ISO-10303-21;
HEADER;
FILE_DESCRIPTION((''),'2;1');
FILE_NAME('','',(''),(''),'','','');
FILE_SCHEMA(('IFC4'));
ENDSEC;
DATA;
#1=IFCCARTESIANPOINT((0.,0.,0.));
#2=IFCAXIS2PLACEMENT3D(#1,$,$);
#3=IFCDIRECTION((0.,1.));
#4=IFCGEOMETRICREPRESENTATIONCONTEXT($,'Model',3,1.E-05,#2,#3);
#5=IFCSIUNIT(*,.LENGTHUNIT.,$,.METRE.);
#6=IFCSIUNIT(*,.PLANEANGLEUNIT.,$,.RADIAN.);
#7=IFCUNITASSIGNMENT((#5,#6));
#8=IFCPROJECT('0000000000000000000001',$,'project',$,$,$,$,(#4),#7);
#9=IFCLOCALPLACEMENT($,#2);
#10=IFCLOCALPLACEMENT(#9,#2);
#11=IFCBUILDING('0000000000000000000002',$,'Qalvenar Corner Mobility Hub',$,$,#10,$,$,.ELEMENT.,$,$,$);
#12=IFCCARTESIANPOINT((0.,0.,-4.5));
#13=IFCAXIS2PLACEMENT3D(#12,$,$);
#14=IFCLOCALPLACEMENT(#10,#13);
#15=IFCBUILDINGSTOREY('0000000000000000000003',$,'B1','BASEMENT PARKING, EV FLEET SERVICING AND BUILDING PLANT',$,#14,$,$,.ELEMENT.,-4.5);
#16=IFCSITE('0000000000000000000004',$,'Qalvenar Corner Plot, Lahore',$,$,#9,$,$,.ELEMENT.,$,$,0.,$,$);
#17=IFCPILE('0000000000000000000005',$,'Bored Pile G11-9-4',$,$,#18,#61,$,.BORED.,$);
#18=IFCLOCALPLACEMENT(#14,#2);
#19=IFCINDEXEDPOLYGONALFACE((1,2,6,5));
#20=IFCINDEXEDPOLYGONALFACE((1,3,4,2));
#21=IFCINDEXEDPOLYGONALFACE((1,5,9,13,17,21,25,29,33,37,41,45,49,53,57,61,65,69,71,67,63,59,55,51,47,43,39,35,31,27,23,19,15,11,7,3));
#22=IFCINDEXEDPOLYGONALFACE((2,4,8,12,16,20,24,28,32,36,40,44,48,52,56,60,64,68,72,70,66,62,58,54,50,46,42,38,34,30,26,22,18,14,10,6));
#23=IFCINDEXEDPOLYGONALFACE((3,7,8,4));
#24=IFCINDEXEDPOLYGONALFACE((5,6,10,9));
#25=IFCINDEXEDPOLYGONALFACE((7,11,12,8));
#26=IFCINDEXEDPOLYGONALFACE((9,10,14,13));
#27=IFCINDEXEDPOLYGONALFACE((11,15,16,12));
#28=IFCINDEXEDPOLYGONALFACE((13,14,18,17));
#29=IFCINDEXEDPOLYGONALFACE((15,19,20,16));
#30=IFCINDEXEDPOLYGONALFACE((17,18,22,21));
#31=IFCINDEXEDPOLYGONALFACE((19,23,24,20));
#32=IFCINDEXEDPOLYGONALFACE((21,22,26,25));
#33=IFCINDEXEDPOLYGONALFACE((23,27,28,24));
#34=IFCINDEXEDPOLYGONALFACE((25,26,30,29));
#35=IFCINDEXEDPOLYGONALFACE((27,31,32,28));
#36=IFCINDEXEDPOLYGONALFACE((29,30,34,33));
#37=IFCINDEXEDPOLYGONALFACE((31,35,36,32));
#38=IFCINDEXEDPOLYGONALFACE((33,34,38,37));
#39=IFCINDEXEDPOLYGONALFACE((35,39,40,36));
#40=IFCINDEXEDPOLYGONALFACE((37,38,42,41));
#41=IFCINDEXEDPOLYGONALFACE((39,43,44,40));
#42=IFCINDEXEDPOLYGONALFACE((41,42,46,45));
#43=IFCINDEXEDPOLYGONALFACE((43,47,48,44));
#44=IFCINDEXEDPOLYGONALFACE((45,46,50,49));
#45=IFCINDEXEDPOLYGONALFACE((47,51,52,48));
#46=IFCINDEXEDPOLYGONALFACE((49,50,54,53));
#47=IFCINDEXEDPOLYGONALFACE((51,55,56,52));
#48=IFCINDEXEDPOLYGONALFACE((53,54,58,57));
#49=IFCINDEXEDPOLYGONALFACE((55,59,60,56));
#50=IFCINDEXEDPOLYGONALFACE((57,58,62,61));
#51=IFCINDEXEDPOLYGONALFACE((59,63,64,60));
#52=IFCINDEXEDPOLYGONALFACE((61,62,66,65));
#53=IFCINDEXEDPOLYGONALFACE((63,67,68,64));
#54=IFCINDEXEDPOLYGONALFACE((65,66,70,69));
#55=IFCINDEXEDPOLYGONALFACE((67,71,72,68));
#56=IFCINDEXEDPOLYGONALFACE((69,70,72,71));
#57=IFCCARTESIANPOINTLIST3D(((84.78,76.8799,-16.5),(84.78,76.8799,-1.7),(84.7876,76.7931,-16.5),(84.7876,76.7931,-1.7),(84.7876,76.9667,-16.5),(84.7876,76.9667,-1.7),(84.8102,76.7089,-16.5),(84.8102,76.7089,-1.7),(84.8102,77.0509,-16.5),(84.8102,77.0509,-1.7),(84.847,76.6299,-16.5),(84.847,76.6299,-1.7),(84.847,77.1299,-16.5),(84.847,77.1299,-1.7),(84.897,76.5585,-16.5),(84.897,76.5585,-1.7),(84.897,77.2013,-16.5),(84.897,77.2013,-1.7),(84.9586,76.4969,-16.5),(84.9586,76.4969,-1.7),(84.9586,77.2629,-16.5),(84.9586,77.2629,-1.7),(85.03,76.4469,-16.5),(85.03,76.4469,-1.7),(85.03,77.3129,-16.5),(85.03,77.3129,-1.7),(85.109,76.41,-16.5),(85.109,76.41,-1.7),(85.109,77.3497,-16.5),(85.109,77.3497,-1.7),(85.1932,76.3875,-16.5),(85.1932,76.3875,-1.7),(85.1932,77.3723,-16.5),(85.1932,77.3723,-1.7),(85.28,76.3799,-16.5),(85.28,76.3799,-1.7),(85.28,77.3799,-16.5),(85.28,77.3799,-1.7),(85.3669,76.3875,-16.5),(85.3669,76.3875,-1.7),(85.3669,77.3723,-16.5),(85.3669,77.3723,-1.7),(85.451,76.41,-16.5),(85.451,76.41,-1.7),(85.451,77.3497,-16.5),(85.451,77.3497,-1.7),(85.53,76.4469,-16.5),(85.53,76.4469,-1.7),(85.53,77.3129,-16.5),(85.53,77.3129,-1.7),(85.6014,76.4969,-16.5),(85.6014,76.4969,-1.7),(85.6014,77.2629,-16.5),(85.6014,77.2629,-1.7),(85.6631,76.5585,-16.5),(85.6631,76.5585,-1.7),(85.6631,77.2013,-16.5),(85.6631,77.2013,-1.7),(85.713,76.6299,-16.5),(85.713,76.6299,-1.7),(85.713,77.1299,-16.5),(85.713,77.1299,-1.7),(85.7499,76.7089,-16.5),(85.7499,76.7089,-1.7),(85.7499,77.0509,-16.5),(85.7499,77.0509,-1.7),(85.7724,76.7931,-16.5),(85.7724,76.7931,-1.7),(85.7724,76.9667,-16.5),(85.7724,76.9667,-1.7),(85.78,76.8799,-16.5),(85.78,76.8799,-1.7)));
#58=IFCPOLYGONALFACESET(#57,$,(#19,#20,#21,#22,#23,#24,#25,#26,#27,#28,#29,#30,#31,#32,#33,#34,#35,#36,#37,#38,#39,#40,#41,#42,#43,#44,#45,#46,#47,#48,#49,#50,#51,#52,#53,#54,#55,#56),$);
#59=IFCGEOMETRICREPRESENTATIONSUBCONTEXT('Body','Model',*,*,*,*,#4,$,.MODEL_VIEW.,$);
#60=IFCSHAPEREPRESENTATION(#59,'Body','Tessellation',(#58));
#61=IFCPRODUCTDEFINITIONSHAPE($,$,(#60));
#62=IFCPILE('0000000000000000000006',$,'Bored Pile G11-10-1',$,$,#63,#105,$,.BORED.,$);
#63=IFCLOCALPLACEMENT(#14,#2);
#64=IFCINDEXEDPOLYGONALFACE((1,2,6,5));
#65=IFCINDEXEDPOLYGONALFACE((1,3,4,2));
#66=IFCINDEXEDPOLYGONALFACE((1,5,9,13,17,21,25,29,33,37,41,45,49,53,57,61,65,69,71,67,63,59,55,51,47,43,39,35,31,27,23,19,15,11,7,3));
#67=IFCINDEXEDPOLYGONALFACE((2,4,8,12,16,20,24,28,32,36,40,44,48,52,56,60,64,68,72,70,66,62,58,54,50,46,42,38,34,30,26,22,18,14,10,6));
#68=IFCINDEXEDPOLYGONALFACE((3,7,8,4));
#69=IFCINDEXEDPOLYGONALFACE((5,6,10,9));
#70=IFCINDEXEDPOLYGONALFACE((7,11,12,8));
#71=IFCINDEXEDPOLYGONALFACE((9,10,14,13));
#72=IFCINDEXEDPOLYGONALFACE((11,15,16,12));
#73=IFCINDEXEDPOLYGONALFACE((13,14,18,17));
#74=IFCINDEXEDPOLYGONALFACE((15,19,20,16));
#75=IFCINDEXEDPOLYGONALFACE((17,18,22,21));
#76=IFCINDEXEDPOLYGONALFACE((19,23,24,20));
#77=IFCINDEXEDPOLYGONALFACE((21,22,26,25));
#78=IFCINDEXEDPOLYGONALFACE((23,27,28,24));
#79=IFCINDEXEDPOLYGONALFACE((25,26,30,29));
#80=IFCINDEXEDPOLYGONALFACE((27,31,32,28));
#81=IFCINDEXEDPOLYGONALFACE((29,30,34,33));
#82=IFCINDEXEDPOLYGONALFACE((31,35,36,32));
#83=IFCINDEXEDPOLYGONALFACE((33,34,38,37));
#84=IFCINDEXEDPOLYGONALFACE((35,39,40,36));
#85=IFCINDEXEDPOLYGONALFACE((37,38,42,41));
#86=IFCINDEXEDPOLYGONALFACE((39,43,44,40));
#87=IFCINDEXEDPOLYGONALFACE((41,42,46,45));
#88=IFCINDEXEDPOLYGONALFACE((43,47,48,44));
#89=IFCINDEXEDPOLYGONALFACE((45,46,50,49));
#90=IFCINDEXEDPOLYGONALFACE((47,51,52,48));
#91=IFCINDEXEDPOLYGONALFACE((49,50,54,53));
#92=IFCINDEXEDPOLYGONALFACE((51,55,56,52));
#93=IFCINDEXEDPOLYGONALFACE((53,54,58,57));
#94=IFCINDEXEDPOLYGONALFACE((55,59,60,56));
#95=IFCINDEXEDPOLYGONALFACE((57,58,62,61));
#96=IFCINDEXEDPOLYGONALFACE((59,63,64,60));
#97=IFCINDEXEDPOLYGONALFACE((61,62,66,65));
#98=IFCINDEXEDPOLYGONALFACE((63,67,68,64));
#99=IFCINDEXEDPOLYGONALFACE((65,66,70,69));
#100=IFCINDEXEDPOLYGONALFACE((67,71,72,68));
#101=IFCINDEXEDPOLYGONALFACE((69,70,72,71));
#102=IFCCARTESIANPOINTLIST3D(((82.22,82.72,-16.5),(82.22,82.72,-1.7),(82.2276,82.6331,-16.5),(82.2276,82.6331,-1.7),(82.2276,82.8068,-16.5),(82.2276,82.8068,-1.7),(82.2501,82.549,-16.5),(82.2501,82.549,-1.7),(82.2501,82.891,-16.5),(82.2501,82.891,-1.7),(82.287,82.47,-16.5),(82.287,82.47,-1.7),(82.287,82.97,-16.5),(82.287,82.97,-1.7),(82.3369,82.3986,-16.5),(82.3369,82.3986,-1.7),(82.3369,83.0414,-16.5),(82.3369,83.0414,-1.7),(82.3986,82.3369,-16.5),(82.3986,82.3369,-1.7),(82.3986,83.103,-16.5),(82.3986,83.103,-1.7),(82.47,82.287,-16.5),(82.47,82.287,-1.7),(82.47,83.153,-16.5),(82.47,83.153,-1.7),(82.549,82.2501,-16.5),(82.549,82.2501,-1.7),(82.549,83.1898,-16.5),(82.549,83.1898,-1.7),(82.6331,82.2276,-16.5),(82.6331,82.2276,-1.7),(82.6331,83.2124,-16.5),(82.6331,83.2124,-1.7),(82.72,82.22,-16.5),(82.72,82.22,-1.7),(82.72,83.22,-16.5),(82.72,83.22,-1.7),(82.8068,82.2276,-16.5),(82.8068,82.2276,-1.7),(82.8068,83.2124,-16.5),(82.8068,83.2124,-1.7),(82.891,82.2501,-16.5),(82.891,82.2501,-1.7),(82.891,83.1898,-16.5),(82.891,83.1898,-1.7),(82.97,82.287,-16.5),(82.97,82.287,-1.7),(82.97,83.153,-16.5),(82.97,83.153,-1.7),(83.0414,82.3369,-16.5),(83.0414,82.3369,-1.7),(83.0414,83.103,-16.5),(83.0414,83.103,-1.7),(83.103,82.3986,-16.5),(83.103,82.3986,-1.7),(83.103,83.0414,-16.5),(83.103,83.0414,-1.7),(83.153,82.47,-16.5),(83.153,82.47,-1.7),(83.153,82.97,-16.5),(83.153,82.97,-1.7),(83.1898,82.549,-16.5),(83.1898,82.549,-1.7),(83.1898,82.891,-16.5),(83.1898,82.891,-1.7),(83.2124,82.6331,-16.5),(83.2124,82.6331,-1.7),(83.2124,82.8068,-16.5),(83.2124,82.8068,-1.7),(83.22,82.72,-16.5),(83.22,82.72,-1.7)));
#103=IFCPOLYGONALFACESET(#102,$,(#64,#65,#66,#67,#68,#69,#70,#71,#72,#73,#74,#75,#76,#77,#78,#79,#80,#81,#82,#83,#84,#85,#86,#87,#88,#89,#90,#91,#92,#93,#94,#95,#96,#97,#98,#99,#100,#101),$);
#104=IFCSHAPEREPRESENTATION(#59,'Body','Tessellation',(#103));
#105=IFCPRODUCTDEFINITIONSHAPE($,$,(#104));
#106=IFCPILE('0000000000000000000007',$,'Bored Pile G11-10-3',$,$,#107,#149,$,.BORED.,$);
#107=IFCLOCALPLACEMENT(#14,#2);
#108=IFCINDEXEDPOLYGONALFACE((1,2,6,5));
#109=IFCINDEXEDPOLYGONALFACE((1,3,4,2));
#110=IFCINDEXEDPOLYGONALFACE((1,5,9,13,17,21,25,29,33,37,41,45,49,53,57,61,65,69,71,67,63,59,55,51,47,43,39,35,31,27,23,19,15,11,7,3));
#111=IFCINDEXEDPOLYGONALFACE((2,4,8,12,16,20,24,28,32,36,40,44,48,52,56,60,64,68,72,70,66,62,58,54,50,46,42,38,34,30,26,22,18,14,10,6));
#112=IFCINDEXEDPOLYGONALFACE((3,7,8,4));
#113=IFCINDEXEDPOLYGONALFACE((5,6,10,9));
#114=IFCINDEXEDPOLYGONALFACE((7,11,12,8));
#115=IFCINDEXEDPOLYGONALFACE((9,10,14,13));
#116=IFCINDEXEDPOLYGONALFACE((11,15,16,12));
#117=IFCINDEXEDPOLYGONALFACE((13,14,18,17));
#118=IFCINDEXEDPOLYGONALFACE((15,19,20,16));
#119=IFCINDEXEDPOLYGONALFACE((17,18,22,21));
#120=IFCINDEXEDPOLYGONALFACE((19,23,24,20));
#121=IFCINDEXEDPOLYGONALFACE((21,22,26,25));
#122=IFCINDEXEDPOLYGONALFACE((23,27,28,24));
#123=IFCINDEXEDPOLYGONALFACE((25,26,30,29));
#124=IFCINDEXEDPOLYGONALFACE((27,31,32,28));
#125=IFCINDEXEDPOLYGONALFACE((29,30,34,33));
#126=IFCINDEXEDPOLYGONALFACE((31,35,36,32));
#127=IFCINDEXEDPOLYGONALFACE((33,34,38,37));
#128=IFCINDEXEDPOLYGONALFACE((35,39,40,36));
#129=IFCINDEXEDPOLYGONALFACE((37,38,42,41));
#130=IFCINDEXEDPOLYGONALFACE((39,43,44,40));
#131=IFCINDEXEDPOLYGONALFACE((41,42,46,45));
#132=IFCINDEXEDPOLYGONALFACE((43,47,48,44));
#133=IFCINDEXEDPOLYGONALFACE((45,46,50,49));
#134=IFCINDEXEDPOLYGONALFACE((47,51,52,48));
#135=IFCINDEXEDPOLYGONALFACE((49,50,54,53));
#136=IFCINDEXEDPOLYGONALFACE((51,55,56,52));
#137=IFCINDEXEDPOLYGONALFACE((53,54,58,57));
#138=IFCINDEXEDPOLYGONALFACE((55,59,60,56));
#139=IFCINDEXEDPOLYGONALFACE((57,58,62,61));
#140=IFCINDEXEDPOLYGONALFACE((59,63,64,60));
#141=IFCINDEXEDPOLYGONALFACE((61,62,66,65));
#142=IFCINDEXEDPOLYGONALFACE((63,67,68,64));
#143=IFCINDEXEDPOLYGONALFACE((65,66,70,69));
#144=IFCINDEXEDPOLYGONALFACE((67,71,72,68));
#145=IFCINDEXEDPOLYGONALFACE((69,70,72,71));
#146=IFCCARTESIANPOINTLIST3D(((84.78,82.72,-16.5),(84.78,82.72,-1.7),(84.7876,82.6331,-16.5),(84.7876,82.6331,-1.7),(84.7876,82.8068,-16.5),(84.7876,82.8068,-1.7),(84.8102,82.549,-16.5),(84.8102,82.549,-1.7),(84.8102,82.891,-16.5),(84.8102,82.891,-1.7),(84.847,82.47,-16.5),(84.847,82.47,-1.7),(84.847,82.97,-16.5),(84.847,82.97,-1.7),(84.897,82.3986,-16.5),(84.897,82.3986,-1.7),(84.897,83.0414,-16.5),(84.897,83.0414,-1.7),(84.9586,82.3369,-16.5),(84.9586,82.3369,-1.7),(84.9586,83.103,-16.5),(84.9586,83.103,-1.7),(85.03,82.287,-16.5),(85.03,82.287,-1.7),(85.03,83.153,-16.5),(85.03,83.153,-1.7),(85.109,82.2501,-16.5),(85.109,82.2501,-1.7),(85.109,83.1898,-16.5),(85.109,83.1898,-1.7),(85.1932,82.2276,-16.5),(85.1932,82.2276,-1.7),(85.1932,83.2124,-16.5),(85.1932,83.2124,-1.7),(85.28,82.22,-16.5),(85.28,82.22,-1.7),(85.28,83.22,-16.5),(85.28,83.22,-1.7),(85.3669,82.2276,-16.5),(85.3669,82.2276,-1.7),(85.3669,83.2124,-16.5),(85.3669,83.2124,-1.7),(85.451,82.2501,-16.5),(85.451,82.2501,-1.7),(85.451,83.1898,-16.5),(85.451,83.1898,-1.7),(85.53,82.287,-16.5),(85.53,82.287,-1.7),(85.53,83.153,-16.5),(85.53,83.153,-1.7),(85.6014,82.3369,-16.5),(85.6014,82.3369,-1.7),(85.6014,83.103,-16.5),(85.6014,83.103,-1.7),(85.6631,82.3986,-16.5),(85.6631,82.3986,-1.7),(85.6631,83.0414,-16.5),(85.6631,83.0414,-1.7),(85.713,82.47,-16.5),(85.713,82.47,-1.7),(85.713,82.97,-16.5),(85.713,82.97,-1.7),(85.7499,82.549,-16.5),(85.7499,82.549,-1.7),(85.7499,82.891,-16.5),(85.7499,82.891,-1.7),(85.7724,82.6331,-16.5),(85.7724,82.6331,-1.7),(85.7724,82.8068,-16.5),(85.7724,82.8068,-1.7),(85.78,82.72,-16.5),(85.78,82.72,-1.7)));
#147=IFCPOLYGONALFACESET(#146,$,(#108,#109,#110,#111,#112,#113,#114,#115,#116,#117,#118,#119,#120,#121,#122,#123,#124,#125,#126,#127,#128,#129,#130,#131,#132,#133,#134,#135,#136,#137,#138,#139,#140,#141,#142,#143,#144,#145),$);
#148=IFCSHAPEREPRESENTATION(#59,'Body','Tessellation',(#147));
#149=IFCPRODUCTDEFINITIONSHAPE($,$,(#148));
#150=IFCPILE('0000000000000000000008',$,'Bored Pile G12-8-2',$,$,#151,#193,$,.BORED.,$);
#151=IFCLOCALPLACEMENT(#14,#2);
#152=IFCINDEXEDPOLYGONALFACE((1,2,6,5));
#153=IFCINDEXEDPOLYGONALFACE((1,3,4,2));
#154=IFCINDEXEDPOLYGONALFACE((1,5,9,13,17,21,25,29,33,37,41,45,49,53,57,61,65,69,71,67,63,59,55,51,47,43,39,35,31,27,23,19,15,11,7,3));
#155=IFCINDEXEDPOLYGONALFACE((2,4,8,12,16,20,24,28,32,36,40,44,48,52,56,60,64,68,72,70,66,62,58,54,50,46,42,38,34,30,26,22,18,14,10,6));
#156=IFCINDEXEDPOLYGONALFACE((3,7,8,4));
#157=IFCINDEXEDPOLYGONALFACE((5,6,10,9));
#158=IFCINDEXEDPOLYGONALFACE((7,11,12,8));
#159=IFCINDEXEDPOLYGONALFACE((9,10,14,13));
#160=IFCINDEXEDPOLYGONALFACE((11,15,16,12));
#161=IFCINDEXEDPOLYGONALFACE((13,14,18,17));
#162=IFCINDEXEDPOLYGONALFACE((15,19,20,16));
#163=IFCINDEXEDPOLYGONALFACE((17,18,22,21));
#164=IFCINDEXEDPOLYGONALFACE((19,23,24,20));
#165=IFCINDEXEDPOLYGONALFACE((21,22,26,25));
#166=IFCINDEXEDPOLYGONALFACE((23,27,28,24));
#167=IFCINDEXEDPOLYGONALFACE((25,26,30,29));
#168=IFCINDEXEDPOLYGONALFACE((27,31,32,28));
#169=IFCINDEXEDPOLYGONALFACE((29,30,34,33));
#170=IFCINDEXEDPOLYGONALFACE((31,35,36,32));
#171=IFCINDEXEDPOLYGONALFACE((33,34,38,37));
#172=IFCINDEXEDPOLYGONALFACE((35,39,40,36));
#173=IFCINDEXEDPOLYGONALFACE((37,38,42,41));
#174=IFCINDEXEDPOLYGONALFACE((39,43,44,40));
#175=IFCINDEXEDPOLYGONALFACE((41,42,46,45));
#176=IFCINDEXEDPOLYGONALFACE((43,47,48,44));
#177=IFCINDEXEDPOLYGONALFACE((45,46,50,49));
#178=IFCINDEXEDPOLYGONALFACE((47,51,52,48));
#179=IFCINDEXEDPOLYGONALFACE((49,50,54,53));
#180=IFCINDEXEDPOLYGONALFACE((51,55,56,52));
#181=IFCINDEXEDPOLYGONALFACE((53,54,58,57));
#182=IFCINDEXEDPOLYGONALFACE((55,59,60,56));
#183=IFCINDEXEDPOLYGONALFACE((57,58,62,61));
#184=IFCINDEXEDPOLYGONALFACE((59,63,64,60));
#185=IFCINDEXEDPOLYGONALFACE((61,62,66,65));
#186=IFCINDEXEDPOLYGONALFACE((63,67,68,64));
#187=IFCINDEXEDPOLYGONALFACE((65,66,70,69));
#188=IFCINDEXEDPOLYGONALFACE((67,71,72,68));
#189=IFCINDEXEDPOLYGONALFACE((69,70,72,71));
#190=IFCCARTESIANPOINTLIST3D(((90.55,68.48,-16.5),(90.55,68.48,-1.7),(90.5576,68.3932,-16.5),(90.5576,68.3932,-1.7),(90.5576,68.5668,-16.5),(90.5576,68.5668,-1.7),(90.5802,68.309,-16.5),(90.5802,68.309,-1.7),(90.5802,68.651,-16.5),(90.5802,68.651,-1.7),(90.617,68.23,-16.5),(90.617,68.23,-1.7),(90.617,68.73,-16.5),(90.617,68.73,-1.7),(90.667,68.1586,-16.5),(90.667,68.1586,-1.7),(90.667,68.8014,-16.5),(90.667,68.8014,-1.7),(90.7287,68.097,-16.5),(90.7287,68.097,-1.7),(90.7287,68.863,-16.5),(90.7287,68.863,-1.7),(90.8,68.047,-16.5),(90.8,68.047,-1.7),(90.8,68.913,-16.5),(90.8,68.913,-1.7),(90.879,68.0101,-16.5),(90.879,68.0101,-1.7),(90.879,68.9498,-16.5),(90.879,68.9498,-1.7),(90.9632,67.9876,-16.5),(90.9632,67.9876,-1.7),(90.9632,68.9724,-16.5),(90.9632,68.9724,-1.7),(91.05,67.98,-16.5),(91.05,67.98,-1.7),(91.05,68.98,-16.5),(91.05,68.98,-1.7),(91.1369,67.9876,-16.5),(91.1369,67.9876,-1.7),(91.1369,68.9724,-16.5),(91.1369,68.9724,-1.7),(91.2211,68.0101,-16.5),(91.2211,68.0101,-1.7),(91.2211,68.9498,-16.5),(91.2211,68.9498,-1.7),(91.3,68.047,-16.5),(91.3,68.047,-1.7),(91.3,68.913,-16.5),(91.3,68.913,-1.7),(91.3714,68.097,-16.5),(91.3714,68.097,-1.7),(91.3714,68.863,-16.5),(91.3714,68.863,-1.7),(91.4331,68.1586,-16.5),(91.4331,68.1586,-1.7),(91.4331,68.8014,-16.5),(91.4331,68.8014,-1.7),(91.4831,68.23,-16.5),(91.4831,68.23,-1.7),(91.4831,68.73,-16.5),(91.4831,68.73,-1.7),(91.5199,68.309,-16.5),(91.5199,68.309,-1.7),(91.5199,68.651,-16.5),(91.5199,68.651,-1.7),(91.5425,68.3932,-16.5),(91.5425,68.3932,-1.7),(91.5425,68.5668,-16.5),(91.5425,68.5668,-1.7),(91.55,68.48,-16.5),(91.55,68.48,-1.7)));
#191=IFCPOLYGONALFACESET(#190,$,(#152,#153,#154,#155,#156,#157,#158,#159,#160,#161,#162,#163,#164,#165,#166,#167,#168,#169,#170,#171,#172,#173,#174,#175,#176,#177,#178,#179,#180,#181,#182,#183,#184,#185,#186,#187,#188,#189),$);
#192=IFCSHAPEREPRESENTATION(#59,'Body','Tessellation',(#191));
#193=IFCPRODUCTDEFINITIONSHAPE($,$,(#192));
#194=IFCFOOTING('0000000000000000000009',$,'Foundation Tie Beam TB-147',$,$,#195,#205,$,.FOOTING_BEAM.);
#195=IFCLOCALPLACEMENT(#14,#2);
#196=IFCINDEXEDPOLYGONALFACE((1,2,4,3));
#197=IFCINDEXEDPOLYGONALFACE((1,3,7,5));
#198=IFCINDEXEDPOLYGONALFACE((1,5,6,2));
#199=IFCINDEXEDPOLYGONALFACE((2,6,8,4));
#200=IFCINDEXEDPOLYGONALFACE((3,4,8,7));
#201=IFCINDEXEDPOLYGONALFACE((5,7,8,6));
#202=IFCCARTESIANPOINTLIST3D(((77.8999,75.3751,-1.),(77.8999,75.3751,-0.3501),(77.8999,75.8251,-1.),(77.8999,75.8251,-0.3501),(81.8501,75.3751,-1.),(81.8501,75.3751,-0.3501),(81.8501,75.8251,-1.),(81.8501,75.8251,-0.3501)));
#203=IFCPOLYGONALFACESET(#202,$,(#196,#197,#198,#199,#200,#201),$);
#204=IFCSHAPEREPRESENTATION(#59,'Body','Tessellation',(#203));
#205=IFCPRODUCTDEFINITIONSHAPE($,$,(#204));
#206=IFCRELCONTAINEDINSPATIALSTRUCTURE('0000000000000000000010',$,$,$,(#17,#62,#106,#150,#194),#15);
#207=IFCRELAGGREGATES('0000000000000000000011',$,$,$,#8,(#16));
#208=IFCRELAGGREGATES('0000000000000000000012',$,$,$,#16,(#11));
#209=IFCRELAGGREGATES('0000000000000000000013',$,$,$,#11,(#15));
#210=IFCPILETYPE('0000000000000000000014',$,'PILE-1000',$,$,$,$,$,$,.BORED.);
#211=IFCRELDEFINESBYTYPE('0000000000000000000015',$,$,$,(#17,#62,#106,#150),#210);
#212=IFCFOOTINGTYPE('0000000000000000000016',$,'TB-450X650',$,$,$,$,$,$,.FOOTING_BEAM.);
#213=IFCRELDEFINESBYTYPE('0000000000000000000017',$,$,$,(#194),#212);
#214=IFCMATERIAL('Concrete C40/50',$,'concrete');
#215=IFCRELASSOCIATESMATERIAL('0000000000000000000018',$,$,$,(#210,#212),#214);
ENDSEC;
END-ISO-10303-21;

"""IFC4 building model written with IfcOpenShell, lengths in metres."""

from ifc_helpers import new_model, si_unit, direction, frame, origin, origin_2d, place, context, subcontext, project, spatial, rectangle, circle, extrude, material, material_profile, profile_set, type_object, element, save


model = new_model("IFC4")

# Units and contexts
model_context = context("Model", 3, precision=1e-05, world=origin(), true_north=direction((0.0, 1.0)))
body_context = subcontext(model_context, "Body", "Model", "MODEL_VIEW")
ifc_project = project(units=[si_unit("LENGTHUNIT", "METRE"), si_unit("PLANEANGLEUNIT", "RADIAN")], contexts=[model_context])

# Site, building, storey
site_placement = place(None, origin())
site = spatial("IfcSite", under=ifc_project, at=site_placement, Name="Qalvenar Corner Plot, Lahore", CompositionType="ELEMENT", RefElevation=0.0)
building_placement = place(site_placement, origin())
building = spatial("IfcBuilding", under=site, at=building_placement, Name="Qalvenar Corner Mobility Hub", CompositionType="ELEMENT")
storey_placement = place(building_placement, frame((0.0, 0.0, -4.5)))
storey = spatial("IfcBuildingStorey", under=building, at=storey_placement, Name="B1", Description="BASEMENT PARKING, EV FLEET SERVICING AND BUILDING PLANT", CompositionType="ELEMENT", Elevation=-4.5)

# Shared definitions
ifc_material_1 = material(Name="Concrete C40/50", Category="concrete")

# Piles
ifc_material_profile_1 = material_profile(ifc_material_1, circle(Radius=0.5, at=origin_2d()), Name="DIA1000")
ifc_profile_set_1 = profile_set([ifc_material_profile_1], Name="Concrete C40/50")
pile_type = type_object("IfcPileType", Name="PILE-1000", PredefinedType="BORED", material=ifc_profile_set_1)
for number, where, z_axis, x_axis, name in (
    (1, (85.28, 76.8799, -1.7), (0.0, 0.0, -1.0), (1.0, 0.0, 0.0), "Bored Pile G11-9-4"),
    (2, (82.72, 82.72, -1.7), (0.0, 0.0, -1.0), (1.0, 0.0, 0.0), "Bored Pile G11-10-1"),
    (3, (85.28, 82.72, -1.7), (0.0, 0.0, -1.0), (1.0, 0.0, 0.0), "Bored Pile G11-10-3"),
    (4, (91.05, 68.48, -1.7), (0.0, 0.0, -1.0), (1.0, 0.0, 0.0), "Bored Pile G12-8-2"),
):
    element("IfcPile", number, at=place(storey_placement, frame(where, z_axis=z_axis, x_axis=x_axis)), inside=storey, type_object=pile_type, Name=name, PredefinedType="BORED", context=body_context, shape_type="SweptSolid", body=[
        extrude(circle(Radius=0.5, at=origin_2d()), origin(), (0.0, 0.0, 1.0), 14.8),
    ])

# Footing
ifc_material_profile_2 = material_profile(ifc_material_1, rectangle(XDim=0.45, YDim=0.6499, at=origin_2d()), Name="RC450x650")
ifc_profile_set_2 = profile_set([ifc_material_profile_2], Name="Concrete C40/50")
footing_type_1 = type_object("IfcFootingType", Name="TB-450X650", PredefinedType="FOOTING_BEAM", material=ifc_profile_set_2)
footing_1_placement = place(storey_placement, frame((77.8999, 75.6001, -0.675), z_axis=(1.0, 0.0, 0.0), x_axis=(0.0, 1.0, 0.0)))
element("IfcFooting", 5, at=footing_1_placement, inside=storey, type_object=footing_type_1, Name="Foundation Tie Beam TB-147", PredefinedType="FOOTING_BEAM", context=body_context, shape_type="SweptSolid", body=[
    extrude(rectangle(XDim=0.45, YDim=0.6499, at=origin_2d()), origin(), (0.0, 0.0, 1.0), 3.9502),
])

save(model, "model.ifc")
